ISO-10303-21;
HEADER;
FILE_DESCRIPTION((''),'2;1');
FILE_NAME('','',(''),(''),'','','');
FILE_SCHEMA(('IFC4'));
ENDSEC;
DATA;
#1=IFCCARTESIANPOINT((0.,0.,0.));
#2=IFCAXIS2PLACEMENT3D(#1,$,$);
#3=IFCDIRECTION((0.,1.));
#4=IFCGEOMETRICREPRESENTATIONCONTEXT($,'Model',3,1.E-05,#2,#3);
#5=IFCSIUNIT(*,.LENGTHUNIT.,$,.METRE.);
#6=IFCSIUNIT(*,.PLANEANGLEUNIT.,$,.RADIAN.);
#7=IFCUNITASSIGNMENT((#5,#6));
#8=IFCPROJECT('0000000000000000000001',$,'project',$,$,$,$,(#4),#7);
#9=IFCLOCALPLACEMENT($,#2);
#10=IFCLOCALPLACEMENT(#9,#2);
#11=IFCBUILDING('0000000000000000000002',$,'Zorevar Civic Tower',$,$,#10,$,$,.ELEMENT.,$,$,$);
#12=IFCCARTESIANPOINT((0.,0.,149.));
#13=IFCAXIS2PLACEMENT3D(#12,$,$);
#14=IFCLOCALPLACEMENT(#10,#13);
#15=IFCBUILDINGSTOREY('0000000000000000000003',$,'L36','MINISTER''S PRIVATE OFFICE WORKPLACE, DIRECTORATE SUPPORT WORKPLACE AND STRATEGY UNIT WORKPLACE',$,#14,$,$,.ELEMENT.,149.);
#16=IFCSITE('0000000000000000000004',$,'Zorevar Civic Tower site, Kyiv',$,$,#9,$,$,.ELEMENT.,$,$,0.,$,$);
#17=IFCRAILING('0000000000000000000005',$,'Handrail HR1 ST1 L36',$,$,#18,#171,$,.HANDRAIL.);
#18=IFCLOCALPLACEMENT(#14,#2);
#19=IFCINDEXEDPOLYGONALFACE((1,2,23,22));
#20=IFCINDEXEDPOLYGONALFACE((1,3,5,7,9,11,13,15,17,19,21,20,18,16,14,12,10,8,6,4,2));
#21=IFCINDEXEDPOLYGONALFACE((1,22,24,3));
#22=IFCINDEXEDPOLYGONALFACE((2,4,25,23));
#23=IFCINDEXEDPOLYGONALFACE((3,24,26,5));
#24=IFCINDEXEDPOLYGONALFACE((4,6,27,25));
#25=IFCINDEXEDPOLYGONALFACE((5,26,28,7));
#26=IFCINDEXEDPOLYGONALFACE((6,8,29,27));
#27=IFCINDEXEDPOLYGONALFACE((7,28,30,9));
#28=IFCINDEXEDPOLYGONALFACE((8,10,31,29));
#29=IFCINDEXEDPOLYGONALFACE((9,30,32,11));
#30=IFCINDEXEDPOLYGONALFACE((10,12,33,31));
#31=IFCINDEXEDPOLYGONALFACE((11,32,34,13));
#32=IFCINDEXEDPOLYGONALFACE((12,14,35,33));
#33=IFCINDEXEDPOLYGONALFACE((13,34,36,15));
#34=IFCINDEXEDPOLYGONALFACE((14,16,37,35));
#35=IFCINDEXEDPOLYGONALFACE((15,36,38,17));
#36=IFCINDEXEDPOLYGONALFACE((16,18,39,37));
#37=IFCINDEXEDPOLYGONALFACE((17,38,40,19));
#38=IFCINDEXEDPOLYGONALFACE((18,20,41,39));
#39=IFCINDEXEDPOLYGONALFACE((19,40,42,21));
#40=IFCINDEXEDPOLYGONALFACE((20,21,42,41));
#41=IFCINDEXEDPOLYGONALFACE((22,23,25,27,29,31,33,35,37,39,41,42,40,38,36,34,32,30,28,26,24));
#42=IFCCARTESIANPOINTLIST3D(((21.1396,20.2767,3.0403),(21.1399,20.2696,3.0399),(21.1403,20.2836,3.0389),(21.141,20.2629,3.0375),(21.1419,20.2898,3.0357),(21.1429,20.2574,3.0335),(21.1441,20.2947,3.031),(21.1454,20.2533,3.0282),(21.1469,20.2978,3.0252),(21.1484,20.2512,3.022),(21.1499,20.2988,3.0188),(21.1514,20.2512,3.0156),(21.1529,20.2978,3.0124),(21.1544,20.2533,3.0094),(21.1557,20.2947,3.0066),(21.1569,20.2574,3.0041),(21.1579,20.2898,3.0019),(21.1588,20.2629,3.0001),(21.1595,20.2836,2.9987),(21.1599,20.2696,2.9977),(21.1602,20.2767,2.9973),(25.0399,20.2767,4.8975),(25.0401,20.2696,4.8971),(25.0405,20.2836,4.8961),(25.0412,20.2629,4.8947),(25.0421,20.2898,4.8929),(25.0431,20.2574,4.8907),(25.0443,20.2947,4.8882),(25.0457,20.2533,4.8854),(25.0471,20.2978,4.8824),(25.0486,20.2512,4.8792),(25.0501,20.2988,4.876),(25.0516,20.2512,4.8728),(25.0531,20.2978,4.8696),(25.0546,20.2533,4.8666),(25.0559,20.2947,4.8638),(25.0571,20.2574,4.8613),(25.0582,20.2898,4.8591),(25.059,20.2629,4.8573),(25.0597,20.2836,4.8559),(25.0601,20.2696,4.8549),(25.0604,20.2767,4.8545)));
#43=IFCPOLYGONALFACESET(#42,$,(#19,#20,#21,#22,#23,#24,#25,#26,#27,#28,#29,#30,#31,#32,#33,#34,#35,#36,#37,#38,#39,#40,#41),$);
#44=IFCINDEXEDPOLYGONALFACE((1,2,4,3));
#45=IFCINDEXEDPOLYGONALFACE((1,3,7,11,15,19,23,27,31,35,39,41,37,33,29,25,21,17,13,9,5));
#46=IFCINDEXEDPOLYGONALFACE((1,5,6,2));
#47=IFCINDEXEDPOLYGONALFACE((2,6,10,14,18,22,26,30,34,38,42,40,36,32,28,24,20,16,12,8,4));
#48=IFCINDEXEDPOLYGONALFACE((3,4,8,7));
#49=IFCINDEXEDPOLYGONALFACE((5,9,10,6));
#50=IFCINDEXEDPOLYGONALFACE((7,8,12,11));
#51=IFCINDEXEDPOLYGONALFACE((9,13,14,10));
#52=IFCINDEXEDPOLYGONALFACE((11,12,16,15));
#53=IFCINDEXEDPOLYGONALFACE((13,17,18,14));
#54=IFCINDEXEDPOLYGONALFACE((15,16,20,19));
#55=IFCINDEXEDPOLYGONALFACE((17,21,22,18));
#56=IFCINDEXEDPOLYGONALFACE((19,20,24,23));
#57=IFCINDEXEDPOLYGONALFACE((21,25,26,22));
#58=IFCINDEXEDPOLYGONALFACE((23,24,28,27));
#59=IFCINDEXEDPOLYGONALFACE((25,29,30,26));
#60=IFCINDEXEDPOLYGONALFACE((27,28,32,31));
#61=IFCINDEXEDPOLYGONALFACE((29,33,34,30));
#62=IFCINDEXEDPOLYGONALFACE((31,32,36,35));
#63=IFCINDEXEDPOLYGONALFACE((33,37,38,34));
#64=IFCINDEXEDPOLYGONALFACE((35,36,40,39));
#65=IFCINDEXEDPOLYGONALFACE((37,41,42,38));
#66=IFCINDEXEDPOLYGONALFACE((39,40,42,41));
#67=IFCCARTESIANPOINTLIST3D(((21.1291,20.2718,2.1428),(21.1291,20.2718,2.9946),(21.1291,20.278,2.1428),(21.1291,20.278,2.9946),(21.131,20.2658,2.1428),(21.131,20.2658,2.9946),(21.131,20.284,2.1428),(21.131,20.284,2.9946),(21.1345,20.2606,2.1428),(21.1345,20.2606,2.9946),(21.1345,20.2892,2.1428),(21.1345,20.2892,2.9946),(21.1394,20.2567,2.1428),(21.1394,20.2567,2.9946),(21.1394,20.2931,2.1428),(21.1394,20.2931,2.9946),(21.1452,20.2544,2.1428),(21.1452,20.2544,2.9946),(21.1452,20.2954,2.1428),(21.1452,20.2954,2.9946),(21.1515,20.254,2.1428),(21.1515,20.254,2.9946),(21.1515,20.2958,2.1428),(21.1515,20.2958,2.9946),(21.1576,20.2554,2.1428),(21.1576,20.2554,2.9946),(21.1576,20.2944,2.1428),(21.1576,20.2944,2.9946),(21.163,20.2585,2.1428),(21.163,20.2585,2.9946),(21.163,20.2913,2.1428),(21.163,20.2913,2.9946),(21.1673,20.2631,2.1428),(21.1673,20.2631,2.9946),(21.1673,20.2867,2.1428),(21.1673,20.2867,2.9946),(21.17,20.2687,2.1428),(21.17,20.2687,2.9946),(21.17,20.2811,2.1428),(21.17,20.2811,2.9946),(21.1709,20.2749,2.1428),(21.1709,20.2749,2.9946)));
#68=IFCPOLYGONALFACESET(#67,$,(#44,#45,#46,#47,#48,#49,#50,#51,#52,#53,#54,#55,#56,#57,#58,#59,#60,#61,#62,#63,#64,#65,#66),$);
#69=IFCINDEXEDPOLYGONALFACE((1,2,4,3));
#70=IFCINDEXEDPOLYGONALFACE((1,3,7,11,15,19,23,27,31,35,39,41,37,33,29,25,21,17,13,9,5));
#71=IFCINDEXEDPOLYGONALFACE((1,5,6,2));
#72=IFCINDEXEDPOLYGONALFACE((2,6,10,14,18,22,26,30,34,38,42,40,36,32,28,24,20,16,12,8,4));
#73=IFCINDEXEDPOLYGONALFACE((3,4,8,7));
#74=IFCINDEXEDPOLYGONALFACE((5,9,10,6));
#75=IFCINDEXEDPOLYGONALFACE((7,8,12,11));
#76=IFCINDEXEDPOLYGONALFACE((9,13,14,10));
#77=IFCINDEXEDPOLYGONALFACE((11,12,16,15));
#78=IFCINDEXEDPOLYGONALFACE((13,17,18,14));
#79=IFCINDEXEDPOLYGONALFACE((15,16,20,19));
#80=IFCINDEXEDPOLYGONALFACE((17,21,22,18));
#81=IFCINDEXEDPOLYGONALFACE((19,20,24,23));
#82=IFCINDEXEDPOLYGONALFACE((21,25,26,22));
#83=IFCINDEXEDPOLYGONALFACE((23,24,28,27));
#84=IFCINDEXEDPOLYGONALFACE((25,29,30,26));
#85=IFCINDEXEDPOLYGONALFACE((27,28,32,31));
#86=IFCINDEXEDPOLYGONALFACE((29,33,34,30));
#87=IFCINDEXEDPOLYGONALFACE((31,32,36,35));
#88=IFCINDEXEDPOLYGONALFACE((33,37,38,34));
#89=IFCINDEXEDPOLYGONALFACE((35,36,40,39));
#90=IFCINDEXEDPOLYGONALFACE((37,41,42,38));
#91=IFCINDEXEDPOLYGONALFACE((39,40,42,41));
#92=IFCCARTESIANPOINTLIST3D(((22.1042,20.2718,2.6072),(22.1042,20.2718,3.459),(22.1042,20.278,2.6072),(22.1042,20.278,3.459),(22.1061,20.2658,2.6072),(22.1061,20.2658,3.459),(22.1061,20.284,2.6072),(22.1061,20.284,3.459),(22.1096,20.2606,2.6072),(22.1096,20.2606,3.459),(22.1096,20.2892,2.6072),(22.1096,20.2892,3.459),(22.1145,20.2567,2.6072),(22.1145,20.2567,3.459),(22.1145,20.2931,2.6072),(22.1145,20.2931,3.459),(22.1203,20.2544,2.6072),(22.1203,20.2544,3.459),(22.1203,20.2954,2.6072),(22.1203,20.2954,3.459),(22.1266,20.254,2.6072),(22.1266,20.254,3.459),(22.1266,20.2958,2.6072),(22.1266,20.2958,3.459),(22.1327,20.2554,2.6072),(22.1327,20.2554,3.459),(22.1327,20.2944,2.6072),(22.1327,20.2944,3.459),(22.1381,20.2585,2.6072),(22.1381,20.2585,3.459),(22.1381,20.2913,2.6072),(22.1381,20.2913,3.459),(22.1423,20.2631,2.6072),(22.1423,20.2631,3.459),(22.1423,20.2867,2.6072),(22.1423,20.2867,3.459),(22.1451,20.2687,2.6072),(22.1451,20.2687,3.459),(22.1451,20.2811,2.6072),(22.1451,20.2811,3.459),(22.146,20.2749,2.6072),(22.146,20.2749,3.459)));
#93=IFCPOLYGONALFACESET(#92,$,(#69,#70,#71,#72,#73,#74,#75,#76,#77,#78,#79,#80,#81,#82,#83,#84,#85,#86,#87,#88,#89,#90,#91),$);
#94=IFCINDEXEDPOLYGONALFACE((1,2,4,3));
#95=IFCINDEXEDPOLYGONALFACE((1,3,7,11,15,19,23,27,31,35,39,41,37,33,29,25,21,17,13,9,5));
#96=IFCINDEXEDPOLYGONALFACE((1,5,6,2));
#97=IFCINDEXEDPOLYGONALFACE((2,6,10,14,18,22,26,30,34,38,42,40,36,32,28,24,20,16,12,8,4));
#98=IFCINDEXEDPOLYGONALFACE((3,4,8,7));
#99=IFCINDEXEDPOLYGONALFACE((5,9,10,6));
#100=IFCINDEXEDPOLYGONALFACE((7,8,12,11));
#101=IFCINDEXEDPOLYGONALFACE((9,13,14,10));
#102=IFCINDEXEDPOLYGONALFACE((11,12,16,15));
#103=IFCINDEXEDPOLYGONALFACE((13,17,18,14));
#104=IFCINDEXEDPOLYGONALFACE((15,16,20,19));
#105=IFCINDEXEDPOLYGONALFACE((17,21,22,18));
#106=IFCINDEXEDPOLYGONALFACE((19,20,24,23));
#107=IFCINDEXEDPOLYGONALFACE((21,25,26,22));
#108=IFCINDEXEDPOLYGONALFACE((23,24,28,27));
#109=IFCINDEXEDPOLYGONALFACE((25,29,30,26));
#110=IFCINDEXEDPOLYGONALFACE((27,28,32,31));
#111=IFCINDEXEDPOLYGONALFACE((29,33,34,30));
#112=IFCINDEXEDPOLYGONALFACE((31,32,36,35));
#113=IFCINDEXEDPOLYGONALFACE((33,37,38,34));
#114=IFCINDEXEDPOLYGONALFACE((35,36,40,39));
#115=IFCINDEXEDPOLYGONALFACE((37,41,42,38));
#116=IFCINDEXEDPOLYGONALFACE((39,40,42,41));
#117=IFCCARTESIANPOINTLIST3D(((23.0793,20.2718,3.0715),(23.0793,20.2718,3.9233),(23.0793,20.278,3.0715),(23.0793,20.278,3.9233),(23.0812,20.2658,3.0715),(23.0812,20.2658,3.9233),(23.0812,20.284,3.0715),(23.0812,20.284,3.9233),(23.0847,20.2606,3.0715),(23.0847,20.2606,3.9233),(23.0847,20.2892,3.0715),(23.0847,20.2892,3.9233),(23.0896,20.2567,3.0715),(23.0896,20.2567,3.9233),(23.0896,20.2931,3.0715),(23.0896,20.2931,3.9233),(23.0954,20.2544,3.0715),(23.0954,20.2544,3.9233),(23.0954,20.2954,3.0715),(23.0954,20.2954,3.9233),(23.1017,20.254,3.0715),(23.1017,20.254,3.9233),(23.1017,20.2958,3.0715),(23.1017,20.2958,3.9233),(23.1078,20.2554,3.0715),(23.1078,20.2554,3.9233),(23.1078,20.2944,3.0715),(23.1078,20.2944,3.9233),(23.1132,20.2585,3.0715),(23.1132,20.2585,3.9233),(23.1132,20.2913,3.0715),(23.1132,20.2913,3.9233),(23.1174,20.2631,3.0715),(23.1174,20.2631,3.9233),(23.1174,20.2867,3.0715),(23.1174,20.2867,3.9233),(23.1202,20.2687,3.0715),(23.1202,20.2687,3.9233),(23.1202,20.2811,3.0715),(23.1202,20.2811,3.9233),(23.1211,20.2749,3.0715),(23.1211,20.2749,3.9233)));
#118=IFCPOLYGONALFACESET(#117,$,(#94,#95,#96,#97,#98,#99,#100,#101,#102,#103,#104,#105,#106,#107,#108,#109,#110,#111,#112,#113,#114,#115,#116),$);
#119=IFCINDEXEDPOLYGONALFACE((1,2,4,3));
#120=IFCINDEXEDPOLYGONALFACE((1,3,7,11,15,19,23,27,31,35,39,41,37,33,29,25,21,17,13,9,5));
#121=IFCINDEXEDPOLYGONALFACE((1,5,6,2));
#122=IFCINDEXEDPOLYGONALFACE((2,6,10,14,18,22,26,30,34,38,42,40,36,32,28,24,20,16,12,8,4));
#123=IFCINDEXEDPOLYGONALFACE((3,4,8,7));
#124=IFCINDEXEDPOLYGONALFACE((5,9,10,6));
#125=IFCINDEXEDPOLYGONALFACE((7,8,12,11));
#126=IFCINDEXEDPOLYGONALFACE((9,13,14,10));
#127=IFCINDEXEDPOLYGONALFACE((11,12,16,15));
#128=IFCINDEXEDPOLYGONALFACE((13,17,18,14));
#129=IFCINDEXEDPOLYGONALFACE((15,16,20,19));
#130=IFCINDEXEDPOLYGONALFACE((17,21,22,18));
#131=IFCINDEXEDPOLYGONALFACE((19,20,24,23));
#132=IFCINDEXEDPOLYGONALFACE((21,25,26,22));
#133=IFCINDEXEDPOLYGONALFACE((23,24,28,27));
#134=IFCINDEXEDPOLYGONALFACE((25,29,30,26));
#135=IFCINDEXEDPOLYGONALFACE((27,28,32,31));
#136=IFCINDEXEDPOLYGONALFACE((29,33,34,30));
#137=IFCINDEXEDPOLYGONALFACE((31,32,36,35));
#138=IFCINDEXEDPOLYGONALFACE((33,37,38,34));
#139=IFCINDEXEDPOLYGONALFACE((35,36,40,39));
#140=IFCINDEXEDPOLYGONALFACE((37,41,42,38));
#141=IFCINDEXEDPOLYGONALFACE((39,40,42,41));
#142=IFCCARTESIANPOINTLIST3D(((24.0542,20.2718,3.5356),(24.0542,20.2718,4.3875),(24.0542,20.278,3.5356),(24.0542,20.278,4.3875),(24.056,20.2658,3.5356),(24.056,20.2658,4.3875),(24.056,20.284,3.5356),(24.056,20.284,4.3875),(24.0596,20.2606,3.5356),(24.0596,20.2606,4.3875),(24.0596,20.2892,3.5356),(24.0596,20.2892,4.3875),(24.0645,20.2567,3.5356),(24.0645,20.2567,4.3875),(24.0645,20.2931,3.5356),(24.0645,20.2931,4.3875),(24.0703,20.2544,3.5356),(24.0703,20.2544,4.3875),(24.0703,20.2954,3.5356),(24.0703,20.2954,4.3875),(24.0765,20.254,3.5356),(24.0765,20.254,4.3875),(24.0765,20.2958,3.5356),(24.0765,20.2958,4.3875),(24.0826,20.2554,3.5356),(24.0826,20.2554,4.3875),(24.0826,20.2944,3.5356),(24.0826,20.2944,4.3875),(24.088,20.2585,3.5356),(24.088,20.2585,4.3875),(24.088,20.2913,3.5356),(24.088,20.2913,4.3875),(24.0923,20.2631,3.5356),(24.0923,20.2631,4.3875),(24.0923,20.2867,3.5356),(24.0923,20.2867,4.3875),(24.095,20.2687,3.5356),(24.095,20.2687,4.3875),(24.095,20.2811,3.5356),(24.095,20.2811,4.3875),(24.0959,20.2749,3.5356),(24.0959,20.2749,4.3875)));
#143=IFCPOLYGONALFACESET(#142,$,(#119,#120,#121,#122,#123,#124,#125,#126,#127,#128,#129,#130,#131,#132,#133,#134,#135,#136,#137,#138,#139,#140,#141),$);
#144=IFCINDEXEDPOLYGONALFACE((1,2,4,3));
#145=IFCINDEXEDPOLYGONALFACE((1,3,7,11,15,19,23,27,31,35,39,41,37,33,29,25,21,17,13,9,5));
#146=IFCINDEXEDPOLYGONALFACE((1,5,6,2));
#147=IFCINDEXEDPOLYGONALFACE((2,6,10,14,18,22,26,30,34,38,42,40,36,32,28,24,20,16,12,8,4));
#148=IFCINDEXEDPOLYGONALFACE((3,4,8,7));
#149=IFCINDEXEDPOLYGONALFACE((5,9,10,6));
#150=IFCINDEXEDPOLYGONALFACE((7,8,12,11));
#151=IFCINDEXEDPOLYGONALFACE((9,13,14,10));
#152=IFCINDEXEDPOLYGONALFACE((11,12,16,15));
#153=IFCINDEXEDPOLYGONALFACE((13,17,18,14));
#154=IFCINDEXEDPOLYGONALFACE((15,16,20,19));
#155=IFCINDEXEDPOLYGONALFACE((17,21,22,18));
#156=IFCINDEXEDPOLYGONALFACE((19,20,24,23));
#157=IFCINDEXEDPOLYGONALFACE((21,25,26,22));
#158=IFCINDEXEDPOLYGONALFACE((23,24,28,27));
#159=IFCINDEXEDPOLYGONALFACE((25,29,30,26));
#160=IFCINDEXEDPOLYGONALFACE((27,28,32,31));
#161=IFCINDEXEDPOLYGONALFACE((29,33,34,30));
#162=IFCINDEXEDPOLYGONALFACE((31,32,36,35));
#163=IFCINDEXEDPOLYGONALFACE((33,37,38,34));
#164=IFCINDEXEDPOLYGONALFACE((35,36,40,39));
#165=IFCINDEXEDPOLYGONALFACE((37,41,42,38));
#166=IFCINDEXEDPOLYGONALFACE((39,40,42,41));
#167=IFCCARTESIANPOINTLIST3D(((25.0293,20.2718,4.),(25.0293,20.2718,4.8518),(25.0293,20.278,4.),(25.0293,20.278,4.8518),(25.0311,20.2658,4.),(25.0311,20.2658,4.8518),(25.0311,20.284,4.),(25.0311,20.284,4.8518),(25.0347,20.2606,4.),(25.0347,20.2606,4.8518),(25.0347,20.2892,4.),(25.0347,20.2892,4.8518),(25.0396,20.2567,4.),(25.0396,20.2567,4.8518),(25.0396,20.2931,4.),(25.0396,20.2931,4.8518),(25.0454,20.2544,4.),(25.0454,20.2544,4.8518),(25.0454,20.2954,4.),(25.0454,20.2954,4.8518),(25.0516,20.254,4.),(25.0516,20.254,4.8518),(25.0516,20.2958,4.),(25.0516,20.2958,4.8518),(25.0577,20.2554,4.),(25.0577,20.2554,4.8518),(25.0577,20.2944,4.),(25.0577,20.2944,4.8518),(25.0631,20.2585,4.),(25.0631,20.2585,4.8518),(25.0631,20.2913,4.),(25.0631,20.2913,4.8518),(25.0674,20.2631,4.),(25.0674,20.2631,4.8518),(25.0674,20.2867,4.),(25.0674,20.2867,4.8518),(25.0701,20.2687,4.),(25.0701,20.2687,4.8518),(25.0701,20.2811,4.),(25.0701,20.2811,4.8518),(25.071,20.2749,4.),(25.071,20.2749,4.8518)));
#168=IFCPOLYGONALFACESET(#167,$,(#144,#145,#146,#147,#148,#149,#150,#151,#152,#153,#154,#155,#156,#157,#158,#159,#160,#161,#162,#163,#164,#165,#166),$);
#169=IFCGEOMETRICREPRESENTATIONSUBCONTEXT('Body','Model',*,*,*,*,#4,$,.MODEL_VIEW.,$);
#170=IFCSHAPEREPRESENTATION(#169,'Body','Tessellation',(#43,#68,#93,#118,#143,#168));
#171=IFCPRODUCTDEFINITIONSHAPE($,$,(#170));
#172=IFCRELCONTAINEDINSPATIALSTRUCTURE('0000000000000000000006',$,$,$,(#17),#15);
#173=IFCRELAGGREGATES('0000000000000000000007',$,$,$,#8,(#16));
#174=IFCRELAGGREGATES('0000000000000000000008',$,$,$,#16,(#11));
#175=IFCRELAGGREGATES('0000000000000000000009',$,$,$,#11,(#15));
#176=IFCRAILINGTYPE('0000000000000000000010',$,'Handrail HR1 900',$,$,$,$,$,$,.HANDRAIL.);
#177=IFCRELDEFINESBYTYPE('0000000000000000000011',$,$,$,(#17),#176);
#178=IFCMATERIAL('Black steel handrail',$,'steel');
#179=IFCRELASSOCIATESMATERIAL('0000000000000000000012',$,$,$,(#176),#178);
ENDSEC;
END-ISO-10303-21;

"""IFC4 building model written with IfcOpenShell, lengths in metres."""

from ifc_helpers import new_model, si_unit, direction, frame, origin, origin_2d, place, context, subcontext, project, spatial, circle, extrude, material, type_object, element, save


model = new_model("IFC4")

# Units and contexts
model_context = context("Model", 3, precision=1e-05, world=origin(), true_north=direction((0.0, 1.0)))
body_context = subcontext(model_context, "Body", "Model", "MODEL_VIEW")
ifc_project = project(units=[si_unit("LENGTHUNIT", "METRE"), si_unit("PLANEANGLEUNIT", "RADIAN")], contexts=[model_context])

# Site, building, storey
site_placement = place(None, origin())
site = spatial("IfcSite", under=ifc_project, at=site_placement, Name="Zorevar Civic Tower site, Kyiv", CompositionType="ELEMENT", RefElevation=0.0)
building_placement = place(site_placement, origin())
building = spatial("IfcBuilding", under=site, at=building_placement, Name="Zorevar Civic Tower", CompositionType="ELEMENT")
storey_placement = place(building_placement, frame((0.0, 0.0, 149.0)))
storey = spatial("IfcBuildingStorey", under=building, at=storey_placement, Name="L36", Description="MINISTER'S PRIVATE OFFICE WORKPLACE, DIRECTORATE SUPPORT WORKPLACE AND STRATEGY UNIT WORKPLACE", CompositionType="ELEMENT", Elevation=149.0)

# Railing
ifc_material_1 = material(Name="Black steel handrail", Category="steel")
railing_type = type_object("IfcRailingType", Name="Handrail HR1 900", PredefinedType="HANDRAIL", material=ifc_material_1)
railing_1_placement = place(storey_placement, frame((21.1499, 20.2749, 2.1428)))
element("IfcRailing", 1, at=railing_1_placement, inside=storey, type_object=railing_type, Name="Handrail HR1 ST1 L36", PredefinedType="HANDRAIL", context=body_context, shape_type="SweptSolid", body=[
    extrude(circle(Radius=0.0239, at=origin_2d()), frame((0.0, 0.0, 0.876), z_axis=(0.902864, 0.0, 0.429927), x_axis=(0.0, 1.0, 0.0)), (0.0, 0.0, 1.0), 4.3198),
    extrude(circle(Radius=0.021, at=origin_2d()), origin(), (0.0, 0.0, 1.0), 0.8518),
    extrude(circle(Radius=0.021, at=origin_2d()), frame((0.9751, 0.0, 0.4644)), (0.0, 0.0, 1.0), 0.8518),
    extrude(circle(Radius=0.021, at=origin_2d()), frame((1.9502, 0.0, 0.9287)), (0.0, 0.0, 1.0), 0.8518),
    extrude(circle(Radius=0.021, at=origin_2d()), frame((2.925, 0.0, 1.3928)), (0.0, 0.0, 1.0), 0.8518),
    extrude(circle(Radius=0.021, at=origin_2d()), frame((3.9001, 0.0, 1.8572)), (0.0, 0.0, 1.0), 0.8518),
])

save(model, "model.ifc")
